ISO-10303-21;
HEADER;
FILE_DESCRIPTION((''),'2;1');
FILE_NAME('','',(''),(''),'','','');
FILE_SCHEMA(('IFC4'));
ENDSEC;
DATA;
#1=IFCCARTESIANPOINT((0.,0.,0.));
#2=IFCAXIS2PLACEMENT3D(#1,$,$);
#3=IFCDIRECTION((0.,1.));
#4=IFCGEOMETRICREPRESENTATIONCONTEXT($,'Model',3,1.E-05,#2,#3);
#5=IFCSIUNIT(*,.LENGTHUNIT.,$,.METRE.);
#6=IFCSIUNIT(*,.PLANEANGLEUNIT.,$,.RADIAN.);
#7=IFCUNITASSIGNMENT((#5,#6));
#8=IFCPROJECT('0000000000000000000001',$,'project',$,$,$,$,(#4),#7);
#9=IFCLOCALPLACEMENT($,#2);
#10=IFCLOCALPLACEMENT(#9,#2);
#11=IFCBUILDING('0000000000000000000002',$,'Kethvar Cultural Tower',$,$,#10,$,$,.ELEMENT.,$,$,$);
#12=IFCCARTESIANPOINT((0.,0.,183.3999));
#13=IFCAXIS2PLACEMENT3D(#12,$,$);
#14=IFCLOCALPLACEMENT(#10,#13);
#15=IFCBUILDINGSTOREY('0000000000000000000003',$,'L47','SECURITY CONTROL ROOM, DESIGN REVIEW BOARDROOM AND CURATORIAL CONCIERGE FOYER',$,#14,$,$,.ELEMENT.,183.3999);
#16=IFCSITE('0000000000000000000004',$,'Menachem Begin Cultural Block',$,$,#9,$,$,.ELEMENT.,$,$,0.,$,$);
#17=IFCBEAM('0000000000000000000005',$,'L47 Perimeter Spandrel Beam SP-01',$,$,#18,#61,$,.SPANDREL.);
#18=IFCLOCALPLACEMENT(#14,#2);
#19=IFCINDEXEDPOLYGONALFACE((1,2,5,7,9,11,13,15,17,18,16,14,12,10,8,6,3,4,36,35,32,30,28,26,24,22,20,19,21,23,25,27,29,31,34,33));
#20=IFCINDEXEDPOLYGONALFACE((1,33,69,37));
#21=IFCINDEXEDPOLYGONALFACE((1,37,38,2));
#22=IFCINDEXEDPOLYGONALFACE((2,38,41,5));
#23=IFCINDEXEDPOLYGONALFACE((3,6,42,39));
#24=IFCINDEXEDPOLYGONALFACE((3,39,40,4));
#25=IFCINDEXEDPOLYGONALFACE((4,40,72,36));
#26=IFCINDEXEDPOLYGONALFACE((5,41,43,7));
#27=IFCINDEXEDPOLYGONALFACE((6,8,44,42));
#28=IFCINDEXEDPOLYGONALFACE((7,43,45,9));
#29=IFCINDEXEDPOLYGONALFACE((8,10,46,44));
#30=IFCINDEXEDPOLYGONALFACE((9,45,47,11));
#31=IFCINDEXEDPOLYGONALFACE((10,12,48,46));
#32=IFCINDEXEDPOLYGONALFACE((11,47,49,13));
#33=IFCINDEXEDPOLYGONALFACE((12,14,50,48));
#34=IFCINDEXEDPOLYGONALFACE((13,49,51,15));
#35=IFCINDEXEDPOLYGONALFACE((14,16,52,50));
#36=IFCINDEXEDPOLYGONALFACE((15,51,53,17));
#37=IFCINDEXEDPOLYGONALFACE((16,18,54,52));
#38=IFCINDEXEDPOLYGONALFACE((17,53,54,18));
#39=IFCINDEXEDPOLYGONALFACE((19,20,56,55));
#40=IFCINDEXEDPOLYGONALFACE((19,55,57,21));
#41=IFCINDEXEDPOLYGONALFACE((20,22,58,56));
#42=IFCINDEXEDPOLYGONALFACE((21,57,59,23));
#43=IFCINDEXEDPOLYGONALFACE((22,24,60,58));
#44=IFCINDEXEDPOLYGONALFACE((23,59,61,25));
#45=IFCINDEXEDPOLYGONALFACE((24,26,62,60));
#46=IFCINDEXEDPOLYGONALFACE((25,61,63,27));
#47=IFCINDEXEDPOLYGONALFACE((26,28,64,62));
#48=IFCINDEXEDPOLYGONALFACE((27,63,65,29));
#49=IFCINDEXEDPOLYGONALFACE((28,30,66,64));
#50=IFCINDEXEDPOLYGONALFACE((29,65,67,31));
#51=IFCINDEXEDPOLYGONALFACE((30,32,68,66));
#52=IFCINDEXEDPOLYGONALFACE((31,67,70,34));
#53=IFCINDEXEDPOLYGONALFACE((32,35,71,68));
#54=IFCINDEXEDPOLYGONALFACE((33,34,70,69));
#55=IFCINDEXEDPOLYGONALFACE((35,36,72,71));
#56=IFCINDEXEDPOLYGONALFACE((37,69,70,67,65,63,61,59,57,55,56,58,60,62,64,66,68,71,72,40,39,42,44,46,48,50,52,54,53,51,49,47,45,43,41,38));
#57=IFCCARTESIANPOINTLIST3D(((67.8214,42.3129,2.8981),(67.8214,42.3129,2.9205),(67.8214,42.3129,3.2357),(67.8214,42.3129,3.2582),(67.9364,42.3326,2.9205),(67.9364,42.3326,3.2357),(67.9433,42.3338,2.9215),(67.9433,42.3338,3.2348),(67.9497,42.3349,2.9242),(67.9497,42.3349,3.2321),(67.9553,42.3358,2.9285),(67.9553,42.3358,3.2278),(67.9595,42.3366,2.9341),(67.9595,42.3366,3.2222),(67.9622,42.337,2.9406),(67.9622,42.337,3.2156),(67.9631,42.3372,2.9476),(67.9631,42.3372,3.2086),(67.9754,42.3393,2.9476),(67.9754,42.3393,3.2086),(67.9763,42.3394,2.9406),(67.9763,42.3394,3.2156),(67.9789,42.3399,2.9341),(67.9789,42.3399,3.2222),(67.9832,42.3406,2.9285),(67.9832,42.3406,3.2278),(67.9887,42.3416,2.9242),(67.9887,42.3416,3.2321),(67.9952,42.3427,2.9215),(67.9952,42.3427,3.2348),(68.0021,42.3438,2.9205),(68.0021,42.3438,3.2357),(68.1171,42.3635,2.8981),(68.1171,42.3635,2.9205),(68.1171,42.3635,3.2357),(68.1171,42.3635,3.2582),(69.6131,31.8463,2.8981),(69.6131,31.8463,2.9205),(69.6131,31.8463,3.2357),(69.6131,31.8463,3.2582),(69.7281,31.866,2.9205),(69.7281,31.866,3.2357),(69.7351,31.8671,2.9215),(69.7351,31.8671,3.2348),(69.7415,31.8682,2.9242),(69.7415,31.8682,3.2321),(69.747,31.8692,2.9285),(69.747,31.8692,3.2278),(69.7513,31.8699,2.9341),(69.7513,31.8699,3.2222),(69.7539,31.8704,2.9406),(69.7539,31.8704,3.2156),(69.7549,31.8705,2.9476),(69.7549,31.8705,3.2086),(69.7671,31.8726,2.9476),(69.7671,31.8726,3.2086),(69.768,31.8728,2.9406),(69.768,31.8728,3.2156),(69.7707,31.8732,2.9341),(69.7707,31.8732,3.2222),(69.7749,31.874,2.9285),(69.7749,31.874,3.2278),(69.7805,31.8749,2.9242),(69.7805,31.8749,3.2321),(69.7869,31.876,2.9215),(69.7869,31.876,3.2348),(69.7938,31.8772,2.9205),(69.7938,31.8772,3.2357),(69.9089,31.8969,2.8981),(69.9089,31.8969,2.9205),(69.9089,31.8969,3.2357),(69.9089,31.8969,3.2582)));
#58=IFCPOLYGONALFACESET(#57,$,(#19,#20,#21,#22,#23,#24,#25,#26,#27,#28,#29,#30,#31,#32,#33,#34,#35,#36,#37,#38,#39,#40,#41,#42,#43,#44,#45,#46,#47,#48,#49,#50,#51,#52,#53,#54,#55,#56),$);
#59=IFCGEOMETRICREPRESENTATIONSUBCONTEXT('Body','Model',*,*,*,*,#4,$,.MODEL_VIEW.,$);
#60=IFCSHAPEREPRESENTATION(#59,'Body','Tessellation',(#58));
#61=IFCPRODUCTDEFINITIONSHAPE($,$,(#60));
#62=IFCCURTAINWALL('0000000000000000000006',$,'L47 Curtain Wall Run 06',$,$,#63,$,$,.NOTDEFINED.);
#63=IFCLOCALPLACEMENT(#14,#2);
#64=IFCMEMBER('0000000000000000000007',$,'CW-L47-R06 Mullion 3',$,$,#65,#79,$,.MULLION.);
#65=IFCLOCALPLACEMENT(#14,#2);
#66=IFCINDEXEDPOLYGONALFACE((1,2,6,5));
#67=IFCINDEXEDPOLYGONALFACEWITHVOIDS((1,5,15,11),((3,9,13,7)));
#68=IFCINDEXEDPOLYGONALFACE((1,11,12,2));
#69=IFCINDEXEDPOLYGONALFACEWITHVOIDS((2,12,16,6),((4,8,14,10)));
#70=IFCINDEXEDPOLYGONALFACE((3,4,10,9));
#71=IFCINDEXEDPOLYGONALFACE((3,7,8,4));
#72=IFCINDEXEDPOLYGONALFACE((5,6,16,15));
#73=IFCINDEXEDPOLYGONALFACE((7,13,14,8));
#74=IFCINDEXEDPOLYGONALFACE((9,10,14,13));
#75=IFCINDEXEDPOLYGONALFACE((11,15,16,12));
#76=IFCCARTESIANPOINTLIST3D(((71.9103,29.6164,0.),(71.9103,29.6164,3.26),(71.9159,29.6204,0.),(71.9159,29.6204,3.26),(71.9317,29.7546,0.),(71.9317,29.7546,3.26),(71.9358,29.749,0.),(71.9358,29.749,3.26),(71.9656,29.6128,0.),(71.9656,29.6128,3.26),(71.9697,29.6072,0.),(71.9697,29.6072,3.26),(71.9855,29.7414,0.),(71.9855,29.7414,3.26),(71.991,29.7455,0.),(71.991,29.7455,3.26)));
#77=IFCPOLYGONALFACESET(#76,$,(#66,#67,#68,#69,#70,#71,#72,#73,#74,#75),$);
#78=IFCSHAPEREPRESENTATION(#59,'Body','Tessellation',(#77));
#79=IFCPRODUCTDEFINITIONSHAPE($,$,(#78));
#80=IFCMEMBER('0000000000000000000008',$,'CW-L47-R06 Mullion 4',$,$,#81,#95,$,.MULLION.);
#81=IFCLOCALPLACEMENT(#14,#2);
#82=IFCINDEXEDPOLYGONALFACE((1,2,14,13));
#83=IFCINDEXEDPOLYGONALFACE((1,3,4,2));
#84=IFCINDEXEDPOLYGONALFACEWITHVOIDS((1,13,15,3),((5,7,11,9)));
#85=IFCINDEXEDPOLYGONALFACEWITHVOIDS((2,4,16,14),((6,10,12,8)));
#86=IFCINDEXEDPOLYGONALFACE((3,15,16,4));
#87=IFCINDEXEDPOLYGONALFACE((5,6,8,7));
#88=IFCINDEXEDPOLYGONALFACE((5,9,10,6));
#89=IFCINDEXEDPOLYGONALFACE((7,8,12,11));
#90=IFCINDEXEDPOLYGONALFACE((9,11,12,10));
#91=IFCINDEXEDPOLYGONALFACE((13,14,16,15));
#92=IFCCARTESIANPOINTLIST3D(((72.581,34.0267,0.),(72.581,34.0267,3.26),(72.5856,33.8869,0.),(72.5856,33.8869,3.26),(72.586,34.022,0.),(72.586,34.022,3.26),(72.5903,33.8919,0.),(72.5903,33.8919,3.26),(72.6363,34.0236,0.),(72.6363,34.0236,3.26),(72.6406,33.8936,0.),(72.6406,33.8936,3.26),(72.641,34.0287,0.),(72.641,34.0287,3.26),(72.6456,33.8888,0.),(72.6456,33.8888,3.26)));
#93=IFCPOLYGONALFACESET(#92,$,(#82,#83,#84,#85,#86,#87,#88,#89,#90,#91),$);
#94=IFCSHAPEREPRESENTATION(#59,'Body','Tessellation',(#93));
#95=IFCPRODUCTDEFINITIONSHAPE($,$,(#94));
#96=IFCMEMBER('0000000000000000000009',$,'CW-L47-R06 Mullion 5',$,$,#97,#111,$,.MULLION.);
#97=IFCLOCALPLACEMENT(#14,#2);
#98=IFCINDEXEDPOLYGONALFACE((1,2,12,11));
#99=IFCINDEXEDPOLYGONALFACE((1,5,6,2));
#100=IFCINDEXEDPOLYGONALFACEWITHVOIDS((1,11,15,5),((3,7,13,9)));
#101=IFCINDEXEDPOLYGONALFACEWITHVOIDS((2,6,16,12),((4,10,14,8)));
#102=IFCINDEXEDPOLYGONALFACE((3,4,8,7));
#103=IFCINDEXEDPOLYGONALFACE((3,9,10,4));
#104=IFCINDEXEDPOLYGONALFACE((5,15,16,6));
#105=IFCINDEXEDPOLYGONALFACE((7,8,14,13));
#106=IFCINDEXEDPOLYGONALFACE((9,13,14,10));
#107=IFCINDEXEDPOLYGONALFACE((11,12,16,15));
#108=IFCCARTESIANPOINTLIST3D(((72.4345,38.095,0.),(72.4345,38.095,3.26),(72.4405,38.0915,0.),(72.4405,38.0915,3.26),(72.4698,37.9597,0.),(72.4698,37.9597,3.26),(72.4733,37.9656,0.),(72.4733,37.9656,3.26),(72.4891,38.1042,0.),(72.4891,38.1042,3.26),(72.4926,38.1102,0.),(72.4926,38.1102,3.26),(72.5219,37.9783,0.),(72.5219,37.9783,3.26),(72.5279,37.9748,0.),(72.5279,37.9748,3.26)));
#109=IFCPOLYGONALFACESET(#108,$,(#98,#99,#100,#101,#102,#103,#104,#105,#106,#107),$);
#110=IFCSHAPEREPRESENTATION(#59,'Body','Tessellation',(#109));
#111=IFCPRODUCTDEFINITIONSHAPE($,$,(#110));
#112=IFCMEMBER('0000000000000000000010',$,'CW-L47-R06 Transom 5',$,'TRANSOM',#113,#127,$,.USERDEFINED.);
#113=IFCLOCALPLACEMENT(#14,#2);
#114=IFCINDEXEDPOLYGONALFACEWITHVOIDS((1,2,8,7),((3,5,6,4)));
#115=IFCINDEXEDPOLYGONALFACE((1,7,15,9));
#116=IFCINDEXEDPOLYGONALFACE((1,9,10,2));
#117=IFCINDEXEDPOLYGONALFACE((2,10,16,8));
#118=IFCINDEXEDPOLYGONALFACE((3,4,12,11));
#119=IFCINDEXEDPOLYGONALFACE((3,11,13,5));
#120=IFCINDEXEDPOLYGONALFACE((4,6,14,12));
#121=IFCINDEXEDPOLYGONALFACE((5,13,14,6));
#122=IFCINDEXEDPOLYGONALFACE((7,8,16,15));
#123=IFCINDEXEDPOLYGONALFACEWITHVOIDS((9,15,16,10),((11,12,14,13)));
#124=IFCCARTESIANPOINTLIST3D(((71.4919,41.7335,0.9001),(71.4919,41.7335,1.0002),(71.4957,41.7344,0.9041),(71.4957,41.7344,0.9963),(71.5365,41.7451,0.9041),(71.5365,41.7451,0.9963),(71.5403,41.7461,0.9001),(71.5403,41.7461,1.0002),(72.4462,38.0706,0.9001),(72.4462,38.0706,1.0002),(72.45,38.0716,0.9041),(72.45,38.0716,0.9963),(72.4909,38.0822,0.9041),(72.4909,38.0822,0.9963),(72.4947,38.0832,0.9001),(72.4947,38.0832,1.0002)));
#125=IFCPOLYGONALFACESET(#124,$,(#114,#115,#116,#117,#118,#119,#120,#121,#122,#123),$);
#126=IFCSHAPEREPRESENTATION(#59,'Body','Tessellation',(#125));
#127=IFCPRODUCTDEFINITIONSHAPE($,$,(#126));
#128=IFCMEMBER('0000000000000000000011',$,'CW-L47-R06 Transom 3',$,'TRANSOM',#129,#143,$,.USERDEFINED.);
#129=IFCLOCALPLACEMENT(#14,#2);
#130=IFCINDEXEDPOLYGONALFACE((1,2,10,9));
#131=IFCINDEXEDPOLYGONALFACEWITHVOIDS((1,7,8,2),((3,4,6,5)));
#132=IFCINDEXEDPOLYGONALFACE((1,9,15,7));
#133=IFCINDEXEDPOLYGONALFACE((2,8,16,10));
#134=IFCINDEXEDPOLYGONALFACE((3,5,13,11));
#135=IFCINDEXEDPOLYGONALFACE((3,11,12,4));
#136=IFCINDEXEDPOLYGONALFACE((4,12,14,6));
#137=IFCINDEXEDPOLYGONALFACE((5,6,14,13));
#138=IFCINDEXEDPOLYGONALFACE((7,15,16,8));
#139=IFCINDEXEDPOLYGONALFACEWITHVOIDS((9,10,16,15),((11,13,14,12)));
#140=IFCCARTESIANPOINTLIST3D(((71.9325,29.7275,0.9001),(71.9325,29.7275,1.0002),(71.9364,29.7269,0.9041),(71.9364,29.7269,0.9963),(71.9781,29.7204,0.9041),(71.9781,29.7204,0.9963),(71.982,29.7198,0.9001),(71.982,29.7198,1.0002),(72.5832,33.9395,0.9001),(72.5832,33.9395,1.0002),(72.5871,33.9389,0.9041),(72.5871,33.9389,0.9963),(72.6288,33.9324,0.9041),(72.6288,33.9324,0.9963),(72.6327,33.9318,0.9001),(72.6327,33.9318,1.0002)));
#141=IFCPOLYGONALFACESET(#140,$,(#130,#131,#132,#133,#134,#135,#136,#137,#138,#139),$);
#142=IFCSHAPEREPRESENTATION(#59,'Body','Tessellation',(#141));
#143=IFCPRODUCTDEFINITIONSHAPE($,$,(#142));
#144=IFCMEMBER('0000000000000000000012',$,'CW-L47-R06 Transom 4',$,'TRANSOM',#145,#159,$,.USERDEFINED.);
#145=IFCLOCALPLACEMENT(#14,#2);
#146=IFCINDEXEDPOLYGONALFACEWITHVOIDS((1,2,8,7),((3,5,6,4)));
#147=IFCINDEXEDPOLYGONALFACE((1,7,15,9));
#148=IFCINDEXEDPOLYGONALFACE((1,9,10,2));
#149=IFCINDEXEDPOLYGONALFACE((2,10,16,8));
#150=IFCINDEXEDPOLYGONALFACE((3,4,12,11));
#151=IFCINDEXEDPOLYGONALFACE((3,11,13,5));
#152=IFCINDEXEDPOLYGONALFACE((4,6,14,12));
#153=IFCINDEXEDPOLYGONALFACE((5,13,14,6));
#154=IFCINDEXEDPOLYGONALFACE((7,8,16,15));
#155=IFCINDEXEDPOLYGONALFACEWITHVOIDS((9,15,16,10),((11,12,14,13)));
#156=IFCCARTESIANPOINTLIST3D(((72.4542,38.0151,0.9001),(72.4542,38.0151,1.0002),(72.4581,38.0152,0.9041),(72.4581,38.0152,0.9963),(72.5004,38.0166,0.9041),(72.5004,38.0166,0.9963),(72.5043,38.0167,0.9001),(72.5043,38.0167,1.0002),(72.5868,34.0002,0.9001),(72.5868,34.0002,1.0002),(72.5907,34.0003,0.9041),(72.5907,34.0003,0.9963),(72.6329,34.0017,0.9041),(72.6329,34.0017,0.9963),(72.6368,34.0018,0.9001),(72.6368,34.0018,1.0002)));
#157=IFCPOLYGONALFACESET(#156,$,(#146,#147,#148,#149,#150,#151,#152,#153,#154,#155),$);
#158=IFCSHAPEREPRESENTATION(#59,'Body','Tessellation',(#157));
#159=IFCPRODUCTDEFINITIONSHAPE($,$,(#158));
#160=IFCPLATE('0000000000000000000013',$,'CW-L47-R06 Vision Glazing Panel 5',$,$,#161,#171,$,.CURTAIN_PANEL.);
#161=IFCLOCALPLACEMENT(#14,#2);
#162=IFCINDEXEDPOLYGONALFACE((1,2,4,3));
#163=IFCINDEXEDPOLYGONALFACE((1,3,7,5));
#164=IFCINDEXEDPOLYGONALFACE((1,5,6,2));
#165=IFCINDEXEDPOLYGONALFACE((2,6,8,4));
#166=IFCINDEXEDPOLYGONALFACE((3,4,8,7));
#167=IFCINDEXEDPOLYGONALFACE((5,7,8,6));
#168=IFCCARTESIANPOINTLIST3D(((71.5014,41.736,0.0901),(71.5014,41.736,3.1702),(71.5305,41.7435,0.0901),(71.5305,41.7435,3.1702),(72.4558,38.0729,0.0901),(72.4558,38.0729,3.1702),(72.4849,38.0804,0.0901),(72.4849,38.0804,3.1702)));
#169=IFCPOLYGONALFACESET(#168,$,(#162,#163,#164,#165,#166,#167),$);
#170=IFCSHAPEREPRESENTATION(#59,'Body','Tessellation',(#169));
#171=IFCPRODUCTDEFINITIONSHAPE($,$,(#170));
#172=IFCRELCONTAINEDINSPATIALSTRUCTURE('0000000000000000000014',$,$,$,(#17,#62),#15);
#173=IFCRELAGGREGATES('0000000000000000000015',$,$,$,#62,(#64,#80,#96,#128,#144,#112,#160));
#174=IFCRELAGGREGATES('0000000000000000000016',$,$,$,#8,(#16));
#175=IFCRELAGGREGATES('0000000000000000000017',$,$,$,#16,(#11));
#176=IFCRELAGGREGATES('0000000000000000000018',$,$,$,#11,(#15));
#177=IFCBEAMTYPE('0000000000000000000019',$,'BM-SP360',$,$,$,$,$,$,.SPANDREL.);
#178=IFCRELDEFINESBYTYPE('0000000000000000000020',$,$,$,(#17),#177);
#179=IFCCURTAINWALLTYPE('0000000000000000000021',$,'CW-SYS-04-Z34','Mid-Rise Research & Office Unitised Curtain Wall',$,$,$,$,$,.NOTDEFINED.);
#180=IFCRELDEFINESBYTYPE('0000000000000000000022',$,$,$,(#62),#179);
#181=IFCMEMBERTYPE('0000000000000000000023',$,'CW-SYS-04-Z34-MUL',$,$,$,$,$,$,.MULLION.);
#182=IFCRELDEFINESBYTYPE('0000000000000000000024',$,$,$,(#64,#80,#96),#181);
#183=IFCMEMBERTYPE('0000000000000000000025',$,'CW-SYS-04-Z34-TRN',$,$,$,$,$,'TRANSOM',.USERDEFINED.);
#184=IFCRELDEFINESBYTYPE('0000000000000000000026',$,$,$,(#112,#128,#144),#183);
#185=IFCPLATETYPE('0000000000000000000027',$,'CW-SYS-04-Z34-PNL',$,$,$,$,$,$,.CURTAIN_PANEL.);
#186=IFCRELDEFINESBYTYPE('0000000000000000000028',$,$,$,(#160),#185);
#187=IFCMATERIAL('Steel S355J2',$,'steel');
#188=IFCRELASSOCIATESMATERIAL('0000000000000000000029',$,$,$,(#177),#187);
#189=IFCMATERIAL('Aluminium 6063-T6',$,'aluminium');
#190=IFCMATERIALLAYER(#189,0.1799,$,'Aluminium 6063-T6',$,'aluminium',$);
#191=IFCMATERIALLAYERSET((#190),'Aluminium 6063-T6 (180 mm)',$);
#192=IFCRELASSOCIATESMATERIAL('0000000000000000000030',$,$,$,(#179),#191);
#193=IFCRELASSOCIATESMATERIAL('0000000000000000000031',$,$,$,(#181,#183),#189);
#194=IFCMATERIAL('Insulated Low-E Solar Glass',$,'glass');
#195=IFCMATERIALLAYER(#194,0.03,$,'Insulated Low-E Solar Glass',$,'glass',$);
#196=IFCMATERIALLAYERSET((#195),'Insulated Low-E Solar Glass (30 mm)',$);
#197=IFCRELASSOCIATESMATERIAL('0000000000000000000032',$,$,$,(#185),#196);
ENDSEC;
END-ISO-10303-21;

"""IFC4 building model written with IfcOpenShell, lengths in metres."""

from ifc_helpers import new_model, si_unit, direction, frame, origin, origin_2d, place, context, subcontext, project, spatial, rectangle, hollow_rectangle, i_section, extrude, source, transform, mapped, material, layer, layer_set, material_profile, profile_set, type_object, element, aggregate, save


model = new_model("IFC4")

# Units and contexts
model_context = context("Model", 3, precision=1e-05, world=origin(), true_north=direction((0.0, 1.0)))
body_context = subcontext(model_context, "Body", "Model", "MODEL_VIEW")
ifc_project = project(units=[si_unit("LENGTHUNIT", "METRE"), si_unit("PLANEANGLEUNIT", "RADIAN")], contexts=[model_context])

# Site, building, storey
site_placement = place(None, origin())
site = spatial("IfcSite", under=ifc_project, at=site_placement, Name="Menachem Begin Cultural Block", CompositionType="ELEMENT", RefElevation=0.0)
building_placement = place(site_placement, origin())
building = spatial("IfcBuilding", under=site, at=building_placement, Name="Kethvar Cultural Tower", CompositionType="ELEMENT")
storey_placement = place(building_placement, frame((0.0, 0.0, 183.3999)))
storey = spatial("IfcBuildingStorey", under=building, at=storey_placement, Name="L47", Description="SECURITY CONTROL ROOM, DESIGN REVIEW BOARDROOM AND CURATORIAL CONCIERGE FOYER", CompositionType="ELEMENT", Elevation=183.3999)

# Beam
ifc_material_1 = material(Name="Steel S355J2", Category="steel")
ifc_material_profile_1 = material_profile(ifc_material_1, i_section(OverallWidth=0.3, OverallDepth=0.3601, WebThickness=0.0125, FlangeThickness=0.0225, FilletRadius=0.0271, at=origin_2d()), Name="Steel S355J2 — HEB360")
ifc_profile_set_1 = profile_set([ifc_material_profile_1], Name="Steel S355J2 — HEB360")
beam_type_1 = type_object("IfcBeamType", Name="BM-SP360", PredefinedType="SPANDREL", material=ifc_profile_set_1)
shared_shape_1 = source(origin(), body_context, "Body", "SweptSolid", [
    extrude(i_section(OverallWidth=0.3, OverallDepth=0.3601, WebThickness=0.0125, FlangeThickness=0.0225, FilletRadius=0.0271, at=origin_2d()), origin(), (0.0, 0.0, 1.0), 10.6189),
])
beam_1_placement = place(storey_placement, frame((69.761, 31.8716, 3.0781), z_axis=(-0.168733, 0.985662, 0.0), x_axis=(-0.985662, -0.168733, 0.0)))
element("IfcBeam", 1, at=beam_1_placement, inside=storey, type_object=beam_type_1, Name="L47 Perimeter Spandrel Beam SP-01", PredefinedType="SPANDREL", context=body_context, shape_type="MappedRepresentation", body=[
    mapped(shared_shape_1, transform((0.0, 0.0, 0.0), scale=1.0)),
])

# Curtain wall, members, plate
ifc_material_2 = material(Name="Aluminium 6063-T6", Category="aluminium")
ifc_layer_1 = layer(ifc_material_2, 0.1799, Name="Aluminium 6063-T6", Category="aluminium")
ifc_layer_set_1 = layer_set([ifc_layer_1], Name="Aluminium 6063-T6 (180 mm)")
curtain_wall_type = type_object("IfcCurtainWallType", Name="CW-SYS-04-Z34", Description="Mid-Rise Research & Office Unitised Curtain Wall", PredefinedType="NOTDEFINED", material=ifc_layer_set_1)
curtain_wall_placement = place(storey_placement, origin())
curtain_wall = element("IfcCurtainWall", 2, at=curtain_wall_placement, inside=storey, type_object=curtain_wall_type, Name="L47 Curtain Wall Run 06", PredefinedType="NOTDEFINED")
ifc_material_profile_2 = material_profile(ifc_material_2, hollow_rectangle(XDim=0.0601, YDim=0.1399, WallThickness=0.0049, at=origin_2d()), Name="Aluminium 6063-T6 — RHS140x60x5")
ifc_profile_set_2 = profile_set([ifc_material_profile_2], Name="Aluminium 6063-T6 — RHS140x60x5")
member_type_1 = type_object("IfcMemberType", Name="CW-SYS-04-Z34-MUL", PredefinedType="MULLION", material=ifc_profile_set_2)
shared_shape_2 = source(origin(), body_context, "Body", "SweptSolid", [
    extrude(hollow_rectangle(XDim=0.0601, YDim=0.1399, WallThickness=0.0049, at=origin_2d()), origin(), (0.0, 0.0, 1.0), 3.26),
])
member_1_placement = place(storey_placement, frame((71.9507, 29.6809, 0.0), z_axis=(0.0, 0.0, 1.0), x_axis=(-0.988279, 0.152658, 0.0)))
member_1 = element("IfcMember", 3, at=member_1_placement, type_object=member_type_1, Name="CW-L47-R06 Mullion 3", PredefinedType="MULLION", context=body_context, shape_type="MappedRepresentation", body=[
    mapped(shared_shape_2, transform((0.0, 0.0, 0.0), scale=1.0)),
])
member_2_placement = place(storey_placement, frame((72.6133, 33.9578, 0.0), z_axis=(0.0, 0.0, 1.0), x_axis=(-0.999455, -0.032998, 0.0)))
member_2 = element("IfcMember", 4, at=member_2_placement, type_object=member_type_1, Name="CW-L47-R06 Mullion 4", PredefinedType="MULLION", context=body_context, shape_type="MappedRepresentation", body=[
    mapped(shared_shape_2, transform((0.0, 0.0, 0.0), scale=1.0)),
])
member_3_placement = place(storey_placement, frame((72.4812, 38.0349, 0.0), z_axis=(0.0, 0.0, 1.0), x_axis=(-0.967696, -0.25212, 0.0)))
member_3 = element("IfcMember", 5, at=member_3_placement, type_object=member_type_1, Name="CW-L47-R06 Mullion 5", PredefinedType="MULLION", context=body_context, shape_type="MappedRepresentation", body=[
    mapped(shared_shape_2, transform((0.0, 0.0, 0.0), scale=1.0)),
])
ifc_material_profile_3 = material_profile(ifc_material_2, hollow_rectangle(XDim=0.05, YDim=0.1001, WallThickness=0.0039, at=origin_2d()), Name="Aluminium 6063-T6 — RHS100x50x4")
ifc_profile_set_3 = profile_set([ifc_material_profile_3], Name="Aluminium 6063-T6 — RHS100x50x4")
member_type_2 = type_object("IfcMemberType", Name="CW-SYS-04-Z34-TRN", ElementType="TRANSOM", PredefinedType="USERDEFINED", material=ifc_profile_set_3)
shared_shape_3 = source(origin(), body_context, "Body", "SweptSolid", [
    extrude(hollow_rectangle(XDim=0.05, YDim=0.1001, WallThickness=0.0039, at=origin_2d()), origin(), (0.0, 0.0, 1.0), 3.7852),
])
member_4_placement = place(storey_placement, frame((72.4705, 38.0769, 0.9502), z_axis=(-0.25213, 0.967693, 0.0), x_axis=(-0.967693, -0.25213, 0.0)))
member_4 = element("IfcMember", 6, at=member_4_placement, type_object=member_type_2, Name="CW-L47-R06 Transom 5", ObjectType="TRANSOM", PredefinedType="USERDEFINED", context=body_context, shape_type="MappedRepresentation", body=[
    mapped(shared_shape_3, transform((0.0, 0.0, 0.0), scale=1.0)),
])
shared_shape_4 = source(origin(), body_context, "Body", "SweptSolid", [
    extrude(hollow_rectangle(XDim=0.05, YDim=0.1001, WallThickness=0.0039, at=origin_2d()), origin(), (0.0, 0.0, 1.0), 4.262),
])
member_5_placement = place(storey_placement, frame((71.9573, 29.7236, 0.9502), z_axis=(0.152664, 0.988278, 0.0), x_axis=(-0.988278, 0.152664, 0.0)))
member_5 = element("IfcMember", 7, at=member_5_placement, type_object=member_type_2, Name="CW-L47-R06 Transom 3", ObjectType="TRANSOM", PredefinedType="USERDEFINED", context=body_context, shape_type="MappedRepresentation", body=[
    mapped(shared_shape_4, transform((0.0, 0.0, 0.0), scale=1.0)),
])
shared_shape_5 = source(origin(), body_context, "Body", "SweptSolid", [
    extrude(hollow_rectangle(XDim=0.05, YDim=0.1001, WallThickness=0.0039, at=origin_2d()), origin(), (0.0, 0.0, 1.0), 4.0171),
])
member_6_placement = place(storey_placement, frame((72.6118, 34.001, 0.9502), z_axis=(-0.033001, 0.999455, 0.0), x_axis=(-0.999455, -0.033001, 0.0)))
member_6 = element("IfcMember", 8, at=member_6_placement, type_object=member_type_2, Name="CW-L47-R06 Transom 4", ObjectType="TRANSOM", PredefinedType="USERDEFINED", context=body_context, shape_type="MappedRepresentation", body=[
    mapped(shared_shape_5, transform((0.0, 0.0, 0.0), scale=1.0)),
])
ifc_material_3 = material(Name="Insulated Low-E Solar Glass", Category="glass")
ifc_layer_2 = layer(ifc_material_3, 0.03, Name="Insulated Low-E Solar Glass", Category="glass")
ifc_layer_set_2 = layer_set([ifc_layer_2], Name="Insulated Low-E Solar Glass (30 mm)")
plate_type = type_object("IfcPlateType", Name="CW-SYS-04-Z34-PNL", PredefinedType="CURTAIN_PANEL", material=ifc_layer_set_2)
shared_shape_6 = source(origin(), body_context, "Body", "SweptSolid", [
    extrude(rectangle(XDim=3.7854, YDim=0.03, at=origin_2d()), origin(), (0.0, 0.0, 1.0), 3.0801),
])
plate_1_placement = place(storey_placement, frame((71.9932, 39.9082, 0.0901), z_axis=(0.0, 0.0, 1.0), x_axis=(-0.25212, 0.967696, 0.0)))
plate_1 = element("IfcPlate", 9, at=plate_1_placement, type_object=plate_type, Name="CW-L47-R06 Vision Glazing Panel 5", PredefinedType="CURTAIN_PANEL", context=body_context, shape_type="MappedRepresentation", body=[
    mapped(shared_shape_6, transform((0.0, 0.0, 0.0), scale=1.0)),
])
aggregate(curtain_wall, [member_1, member_2, member_3, member_5, member_6, member_4, plate_1])

save(model, "model.ifc")
